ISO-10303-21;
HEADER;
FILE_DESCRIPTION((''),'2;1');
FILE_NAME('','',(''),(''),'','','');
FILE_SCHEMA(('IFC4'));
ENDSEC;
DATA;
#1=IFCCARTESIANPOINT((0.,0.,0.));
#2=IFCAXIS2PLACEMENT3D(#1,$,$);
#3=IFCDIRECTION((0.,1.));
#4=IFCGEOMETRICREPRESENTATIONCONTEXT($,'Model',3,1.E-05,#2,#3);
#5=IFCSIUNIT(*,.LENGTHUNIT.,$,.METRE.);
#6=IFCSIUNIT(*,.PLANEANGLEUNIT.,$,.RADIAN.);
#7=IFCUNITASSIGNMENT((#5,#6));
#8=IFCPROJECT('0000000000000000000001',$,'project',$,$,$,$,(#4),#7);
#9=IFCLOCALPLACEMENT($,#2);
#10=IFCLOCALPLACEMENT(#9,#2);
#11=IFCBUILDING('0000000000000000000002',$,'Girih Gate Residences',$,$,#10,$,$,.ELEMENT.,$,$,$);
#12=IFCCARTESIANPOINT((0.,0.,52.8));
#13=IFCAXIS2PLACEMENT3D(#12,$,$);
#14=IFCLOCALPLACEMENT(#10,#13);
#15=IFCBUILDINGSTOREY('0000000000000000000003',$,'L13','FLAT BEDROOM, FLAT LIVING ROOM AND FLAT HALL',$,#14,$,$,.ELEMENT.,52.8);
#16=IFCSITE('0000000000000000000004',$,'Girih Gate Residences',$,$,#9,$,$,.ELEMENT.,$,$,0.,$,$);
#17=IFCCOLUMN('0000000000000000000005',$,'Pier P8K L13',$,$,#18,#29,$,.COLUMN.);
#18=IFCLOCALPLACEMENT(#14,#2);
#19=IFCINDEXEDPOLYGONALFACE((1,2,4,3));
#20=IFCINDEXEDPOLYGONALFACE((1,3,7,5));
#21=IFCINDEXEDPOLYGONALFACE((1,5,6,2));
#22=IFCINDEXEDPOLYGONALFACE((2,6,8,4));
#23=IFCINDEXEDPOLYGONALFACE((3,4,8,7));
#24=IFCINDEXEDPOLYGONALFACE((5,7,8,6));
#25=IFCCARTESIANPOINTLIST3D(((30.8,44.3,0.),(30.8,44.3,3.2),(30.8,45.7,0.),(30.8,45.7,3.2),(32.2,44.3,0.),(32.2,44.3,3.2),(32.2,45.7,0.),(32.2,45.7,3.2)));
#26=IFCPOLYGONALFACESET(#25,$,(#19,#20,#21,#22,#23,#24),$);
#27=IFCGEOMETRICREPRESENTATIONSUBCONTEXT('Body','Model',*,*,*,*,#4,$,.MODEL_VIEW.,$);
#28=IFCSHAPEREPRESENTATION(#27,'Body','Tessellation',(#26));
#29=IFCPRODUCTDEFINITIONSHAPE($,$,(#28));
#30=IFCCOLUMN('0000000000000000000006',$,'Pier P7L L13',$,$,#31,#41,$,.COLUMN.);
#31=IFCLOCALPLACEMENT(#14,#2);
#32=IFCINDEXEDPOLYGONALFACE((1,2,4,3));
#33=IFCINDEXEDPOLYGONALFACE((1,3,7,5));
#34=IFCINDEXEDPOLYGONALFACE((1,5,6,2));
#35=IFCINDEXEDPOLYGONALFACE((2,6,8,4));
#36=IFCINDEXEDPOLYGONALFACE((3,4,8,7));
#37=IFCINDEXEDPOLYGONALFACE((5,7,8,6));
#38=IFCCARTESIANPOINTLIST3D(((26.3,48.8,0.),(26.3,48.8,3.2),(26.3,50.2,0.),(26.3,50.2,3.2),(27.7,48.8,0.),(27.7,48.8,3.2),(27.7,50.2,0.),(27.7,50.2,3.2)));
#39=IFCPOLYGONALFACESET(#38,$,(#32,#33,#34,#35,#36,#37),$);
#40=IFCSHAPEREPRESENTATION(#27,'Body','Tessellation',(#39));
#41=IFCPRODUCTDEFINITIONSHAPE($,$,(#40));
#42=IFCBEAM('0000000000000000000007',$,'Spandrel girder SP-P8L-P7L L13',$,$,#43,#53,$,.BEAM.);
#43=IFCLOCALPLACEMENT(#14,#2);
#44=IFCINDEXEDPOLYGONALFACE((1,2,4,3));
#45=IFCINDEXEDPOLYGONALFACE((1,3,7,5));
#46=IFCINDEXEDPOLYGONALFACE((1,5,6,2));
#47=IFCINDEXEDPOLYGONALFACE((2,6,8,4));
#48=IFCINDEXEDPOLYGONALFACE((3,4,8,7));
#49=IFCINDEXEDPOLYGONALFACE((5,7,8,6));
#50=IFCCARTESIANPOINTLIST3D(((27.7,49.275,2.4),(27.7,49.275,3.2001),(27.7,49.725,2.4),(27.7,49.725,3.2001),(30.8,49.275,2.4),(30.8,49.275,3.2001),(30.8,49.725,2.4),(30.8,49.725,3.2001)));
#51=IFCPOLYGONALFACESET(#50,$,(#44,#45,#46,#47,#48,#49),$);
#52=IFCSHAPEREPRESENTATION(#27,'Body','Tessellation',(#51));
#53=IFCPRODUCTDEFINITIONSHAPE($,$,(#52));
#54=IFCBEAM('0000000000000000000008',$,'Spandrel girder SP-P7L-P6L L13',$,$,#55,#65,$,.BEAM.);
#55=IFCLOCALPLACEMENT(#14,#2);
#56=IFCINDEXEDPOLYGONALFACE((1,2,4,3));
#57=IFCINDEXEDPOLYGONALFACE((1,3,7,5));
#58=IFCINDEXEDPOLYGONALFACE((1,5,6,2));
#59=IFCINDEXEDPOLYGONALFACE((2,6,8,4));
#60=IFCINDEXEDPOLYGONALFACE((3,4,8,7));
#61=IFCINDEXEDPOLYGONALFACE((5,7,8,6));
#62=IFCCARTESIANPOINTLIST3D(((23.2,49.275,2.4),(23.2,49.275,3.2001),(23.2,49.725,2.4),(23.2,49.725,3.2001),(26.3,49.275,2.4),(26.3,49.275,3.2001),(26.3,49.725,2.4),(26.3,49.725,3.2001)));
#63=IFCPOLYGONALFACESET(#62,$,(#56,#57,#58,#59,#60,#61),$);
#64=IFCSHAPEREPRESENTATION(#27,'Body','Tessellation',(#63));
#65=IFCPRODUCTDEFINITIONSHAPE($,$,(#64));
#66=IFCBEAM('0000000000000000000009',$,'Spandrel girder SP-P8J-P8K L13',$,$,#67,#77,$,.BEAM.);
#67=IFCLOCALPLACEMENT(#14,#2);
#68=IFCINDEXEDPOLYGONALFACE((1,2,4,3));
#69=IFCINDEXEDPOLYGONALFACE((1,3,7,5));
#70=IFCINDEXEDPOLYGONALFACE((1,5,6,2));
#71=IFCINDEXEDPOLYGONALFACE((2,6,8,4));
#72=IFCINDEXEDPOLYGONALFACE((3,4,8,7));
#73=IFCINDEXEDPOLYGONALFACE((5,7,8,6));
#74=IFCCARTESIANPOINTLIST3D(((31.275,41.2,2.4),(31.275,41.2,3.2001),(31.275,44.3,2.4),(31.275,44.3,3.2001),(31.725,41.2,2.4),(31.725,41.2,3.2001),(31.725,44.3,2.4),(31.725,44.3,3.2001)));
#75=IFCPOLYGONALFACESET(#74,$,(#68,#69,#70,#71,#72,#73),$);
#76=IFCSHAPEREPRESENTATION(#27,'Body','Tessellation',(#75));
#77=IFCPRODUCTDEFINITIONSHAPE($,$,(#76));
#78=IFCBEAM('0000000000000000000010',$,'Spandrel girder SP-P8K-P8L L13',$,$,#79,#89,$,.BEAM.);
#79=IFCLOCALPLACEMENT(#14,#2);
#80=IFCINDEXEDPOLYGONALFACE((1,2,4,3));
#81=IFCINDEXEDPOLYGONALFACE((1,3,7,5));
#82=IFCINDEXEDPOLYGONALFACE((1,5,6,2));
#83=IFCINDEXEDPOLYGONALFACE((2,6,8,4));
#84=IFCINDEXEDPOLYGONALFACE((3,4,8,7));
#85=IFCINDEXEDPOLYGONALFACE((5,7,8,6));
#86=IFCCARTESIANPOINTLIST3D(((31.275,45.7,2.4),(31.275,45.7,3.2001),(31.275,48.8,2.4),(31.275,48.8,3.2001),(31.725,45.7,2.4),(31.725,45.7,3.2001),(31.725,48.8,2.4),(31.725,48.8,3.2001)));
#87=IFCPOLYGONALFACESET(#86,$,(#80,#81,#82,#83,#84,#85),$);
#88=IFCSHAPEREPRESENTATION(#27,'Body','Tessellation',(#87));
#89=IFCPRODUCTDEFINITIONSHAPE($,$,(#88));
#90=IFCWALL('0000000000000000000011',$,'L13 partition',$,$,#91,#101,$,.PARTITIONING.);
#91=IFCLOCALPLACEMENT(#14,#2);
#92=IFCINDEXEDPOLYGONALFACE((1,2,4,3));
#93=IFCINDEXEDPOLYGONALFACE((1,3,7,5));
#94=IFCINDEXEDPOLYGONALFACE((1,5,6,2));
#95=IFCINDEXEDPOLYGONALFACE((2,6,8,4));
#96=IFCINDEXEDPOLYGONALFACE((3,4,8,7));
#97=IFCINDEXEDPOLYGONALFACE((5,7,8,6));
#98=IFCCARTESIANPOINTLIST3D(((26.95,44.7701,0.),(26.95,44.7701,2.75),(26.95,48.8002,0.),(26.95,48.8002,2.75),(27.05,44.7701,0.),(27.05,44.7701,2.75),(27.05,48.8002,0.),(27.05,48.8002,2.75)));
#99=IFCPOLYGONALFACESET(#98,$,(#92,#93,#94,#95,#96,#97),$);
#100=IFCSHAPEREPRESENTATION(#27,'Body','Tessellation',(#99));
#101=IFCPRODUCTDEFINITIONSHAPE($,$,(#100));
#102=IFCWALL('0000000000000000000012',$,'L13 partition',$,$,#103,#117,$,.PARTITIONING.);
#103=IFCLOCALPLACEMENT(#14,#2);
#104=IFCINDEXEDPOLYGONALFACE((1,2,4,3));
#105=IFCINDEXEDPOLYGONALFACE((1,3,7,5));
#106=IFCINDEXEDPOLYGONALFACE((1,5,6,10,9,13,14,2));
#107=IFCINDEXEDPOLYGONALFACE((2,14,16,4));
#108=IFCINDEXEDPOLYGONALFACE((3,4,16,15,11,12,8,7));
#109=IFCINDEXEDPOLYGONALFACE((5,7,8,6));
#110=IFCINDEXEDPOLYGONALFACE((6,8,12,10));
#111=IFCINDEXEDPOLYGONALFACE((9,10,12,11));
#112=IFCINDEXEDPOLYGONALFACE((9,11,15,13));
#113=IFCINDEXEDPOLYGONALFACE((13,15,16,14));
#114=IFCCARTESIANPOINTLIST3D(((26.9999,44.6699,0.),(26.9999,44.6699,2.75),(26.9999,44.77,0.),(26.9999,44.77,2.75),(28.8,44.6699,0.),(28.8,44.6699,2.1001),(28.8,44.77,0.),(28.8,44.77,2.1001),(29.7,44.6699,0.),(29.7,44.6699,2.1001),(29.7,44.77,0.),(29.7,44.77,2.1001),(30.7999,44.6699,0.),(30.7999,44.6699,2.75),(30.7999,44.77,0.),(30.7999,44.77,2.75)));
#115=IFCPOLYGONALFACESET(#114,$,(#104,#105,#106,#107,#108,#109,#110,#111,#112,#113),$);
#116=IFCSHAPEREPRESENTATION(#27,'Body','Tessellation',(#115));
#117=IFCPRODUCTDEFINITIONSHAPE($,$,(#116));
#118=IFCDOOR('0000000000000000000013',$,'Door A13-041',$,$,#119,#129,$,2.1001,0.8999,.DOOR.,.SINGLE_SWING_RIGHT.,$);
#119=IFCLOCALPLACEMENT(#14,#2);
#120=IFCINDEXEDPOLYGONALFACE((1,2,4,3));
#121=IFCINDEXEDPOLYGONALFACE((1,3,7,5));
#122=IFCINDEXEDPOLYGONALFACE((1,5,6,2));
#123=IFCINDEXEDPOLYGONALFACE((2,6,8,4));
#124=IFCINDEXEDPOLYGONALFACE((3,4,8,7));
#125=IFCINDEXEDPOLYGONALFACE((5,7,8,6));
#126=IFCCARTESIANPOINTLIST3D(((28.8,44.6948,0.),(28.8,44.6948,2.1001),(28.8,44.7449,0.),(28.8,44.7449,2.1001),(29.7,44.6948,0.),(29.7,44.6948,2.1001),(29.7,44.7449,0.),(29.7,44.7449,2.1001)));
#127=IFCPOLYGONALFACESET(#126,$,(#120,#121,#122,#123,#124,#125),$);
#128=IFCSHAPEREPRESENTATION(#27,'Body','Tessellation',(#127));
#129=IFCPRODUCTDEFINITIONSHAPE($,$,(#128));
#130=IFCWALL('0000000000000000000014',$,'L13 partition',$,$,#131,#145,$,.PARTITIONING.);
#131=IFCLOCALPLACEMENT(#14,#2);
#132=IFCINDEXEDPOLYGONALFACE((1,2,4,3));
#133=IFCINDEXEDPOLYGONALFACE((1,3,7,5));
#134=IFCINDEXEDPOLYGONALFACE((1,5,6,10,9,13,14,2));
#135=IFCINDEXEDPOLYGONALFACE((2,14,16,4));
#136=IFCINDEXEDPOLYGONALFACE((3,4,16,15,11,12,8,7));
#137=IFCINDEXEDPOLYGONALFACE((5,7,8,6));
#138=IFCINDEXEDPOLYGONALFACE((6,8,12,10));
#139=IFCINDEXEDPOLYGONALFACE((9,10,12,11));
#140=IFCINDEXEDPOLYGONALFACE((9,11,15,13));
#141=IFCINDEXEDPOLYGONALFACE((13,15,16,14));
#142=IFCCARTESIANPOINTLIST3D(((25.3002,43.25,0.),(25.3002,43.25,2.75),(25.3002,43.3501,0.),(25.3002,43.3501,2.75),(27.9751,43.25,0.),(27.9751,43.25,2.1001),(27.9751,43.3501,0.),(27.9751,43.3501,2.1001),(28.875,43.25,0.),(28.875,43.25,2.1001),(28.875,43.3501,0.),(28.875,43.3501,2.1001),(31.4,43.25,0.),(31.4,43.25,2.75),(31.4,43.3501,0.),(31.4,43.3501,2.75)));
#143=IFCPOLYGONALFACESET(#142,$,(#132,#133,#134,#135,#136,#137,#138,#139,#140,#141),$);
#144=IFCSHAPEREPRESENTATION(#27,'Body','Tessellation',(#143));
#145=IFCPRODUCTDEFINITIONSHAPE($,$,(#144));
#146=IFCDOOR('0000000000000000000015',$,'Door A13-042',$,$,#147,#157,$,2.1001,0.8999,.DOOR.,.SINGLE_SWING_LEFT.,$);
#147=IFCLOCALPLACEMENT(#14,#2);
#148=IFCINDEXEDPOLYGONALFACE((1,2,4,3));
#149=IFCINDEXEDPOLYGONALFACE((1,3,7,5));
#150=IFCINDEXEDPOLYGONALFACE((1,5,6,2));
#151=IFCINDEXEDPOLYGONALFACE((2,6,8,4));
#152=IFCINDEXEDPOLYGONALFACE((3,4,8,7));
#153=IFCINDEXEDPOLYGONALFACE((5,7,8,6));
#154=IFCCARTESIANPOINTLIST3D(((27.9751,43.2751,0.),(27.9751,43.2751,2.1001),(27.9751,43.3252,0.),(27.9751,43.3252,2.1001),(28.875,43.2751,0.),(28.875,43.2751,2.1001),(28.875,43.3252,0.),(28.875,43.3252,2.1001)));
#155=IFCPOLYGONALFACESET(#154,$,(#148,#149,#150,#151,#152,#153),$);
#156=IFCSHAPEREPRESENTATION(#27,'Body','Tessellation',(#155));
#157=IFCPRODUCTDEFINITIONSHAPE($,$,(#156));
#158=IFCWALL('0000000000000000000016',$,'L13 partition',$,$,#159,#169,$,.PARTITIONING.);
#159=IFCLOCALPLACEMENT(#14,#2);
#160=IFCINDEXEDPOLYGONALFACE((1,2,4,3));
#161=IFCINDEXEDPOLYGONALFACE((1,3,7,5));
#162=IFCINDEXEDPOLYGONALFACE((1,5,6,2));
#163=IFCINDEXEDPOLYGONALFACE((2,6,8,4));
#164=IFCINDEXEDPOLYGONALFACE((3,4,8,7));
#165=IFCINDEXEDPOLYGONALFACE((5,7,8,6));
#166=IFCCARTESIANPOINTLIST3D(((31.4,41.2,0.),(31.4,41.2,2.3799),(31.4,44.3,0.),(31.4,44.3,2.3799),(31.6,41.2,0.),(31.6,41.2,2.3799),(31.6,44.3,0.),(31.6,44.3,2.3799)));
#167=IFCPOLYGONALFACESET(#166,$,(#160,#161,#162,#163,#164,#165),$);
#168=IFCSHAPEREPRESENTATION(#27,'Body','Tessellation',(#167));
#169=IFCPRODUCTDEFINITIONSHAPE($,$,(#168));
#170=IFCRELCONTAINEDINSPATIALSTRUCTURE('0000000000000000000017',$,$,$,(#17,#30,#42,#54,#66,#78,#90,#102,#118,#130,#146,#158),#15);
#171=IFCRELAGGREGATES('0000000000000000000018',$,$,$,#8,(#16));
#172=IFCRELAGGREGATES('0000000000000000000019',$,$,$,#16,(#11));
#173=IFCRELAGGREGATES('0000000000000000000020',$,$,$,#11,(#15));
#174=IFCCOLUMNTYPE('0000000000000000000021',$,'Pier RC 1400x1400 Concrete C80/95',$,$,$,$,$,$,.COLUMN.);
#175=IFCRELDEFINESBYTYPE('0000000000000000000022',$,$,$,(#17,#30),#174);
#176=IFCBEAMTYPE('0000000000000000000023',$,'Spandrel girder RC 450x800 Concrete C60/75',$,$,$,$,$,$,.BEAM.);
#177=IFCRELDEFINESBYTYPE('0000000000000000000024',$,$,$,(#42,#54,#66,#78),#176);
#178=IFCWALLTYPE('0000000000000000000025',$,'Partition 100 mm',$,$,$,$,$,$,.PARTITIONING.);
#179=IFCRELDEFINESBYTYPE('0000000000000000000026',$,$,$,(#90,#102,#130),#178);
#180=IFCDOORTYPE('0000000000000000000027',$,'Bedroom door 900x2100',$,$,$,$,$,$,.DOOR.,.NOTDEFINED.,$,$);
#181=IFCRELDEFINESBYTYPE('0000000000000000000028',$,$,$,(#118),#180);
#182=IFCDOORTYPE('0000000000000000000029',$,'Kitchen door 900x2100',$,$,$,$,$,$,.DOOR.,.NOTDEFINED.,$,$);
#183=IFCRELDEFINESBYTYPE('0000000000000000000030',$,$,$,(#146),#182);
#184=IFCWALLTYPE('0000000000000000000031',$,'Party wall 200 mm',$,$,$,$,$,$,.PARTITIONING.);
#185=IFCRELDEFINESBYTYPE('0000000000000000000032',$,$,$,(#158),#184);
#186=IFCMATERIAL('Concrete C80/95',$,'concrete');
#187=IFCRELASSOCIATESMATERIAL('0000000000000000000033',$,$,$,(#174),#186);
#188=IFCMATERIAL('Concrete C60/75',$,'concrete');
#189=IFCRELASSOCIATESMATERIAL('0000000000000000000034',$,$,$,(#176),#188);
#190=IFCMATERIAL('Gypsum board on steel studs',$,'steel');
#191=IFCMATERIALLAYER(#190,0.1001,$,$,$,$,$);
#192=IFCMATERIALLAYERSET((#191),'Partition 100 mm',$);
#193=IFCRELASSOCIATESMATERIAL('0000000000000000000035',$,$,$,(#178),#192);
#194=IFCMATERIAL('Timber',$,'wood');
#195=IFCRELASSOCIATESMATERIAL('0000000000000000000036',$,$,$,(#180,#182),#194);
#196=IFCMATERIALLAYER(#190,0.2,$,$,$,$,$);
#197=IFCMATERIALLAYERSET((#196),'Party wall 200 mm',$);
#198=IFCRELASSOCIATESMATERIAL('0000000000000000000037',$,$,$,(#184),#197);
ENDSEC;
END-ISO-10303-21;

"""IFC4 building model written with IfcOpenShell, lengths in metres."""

from ifc_helpers import new_model, si_unit, direction, frame, frame_2d, origin, origin_2d, place, context, subcontext, project, spatial, rectangle, extrude, material, layer, layer_set, material_profile, profile_set, type_object, element, fill, save


model = new_model("IFC4")

# Units and contexts
model_context = context("Model", 3, precision=1e-05, world=origin(), true_north=direction((0.0, 1.0)))
body_context = subcontext(model_context, "Body", "Model", "MODEL_VIEW")
ifc_project = project(units=[si_unit("LENGTHUNIT", "METRE"), si_unit("PLANEANGLEUNIT", "RADIAN")], contexts=[model_context])

# Site, building, storey
site_placement = place(None, origin())
site = spatial("IfcSite", under=ifc_project, at=site_placement, Name="Girih Gate Residences", CompositionType="ELEMENT", RefElevation=0.0)
building_placement = place(site_placement, origin())
building = spatial("IfcBuilding", under=site, at=building_placement, Name="Girih Gate Residences", CompositionType="ELEMENT")
storey_placement = place(building_placement, frame((0.0, 0.0, 52.8)))
storey = spatial("IfcBuildingStorey", under=building, at=storey_placement, Name="L13", Description="FLAT BEDROOM, FLAT LIVING ROOM AND FLAT HALL", CompositionType="ELEMENT", Elevation=52.8)

# Columns
ifc_material_1 = material(Name="Concrete C80/95", Category="concrete")
ifc_material_profile_1 = material_profile(ifc_material_1, rectangle(XDim=1.3999, YDim=1.3999, at=origin_2d()))
ifc_profile_set_1 = profile_set([ifc_material_profile_1], Name="Concrete C80/95")
column_type = type_object("IfcColumnType", Name="Pier RC 1400x1400 Concrete C80/95", PredefinedType="COLUMN", material=ifc_profile_set_1)
for number, where, z_axis, x_axis, name in (
    (1, (31.5, 45.0, 0.0), (0.0, 0.0, 1.0), (1.0, 0.0, 0.0), "Pier P8K L13"),
    (2, (27.0, 49.5, 0.0), (0.0, 0.0, 1.0), (1.0, 0.0, 0.0), "Pier P7L L13"),
):
    element("IfcColumn", number, at=place(storey_placement, frame(where, z_axis=z_axis, x_axis=x_axis)), inside=storey, type_object=column_type, Name=name, PredefinedType="COLUMN", context=body_context, shape_type="SweptSolid", body=[
        extrude(rectangle(XDim=1.3999, YDim=1.3999, at=origin_2d()), origin(), (0.0, 0.0, 1.0), 3.2),
    ])

# Beams
ifc_material_2 = material(Name="Concrete C60/75", Category="concrete")
ifc_material_profile_2 = material_profile(ifc_material_2, rectangle(XDim=0.45, YDim=0.8, at=origin_2d()))
ifc_profile_set_2 = profile_set([ifc_material_profile_2], Name="Concrete C60/75")
beam_type = type_object("IfcBeamType", Name="Spandrel girder RC 450x800 Concrete C60/75", PredefinedType="BEAM", material=ifc_profile_set_2)
for number, where, z_axis, x_axis, name in (
    (3, (30.8, 49.5, 2.8), (-1.0, 0.0, 0.0), (0.0, -1.0, 0.0), "Spandrel girder SP-P8L-P7L L13"),
    (4, (26.3, 49.5, 2.8), (-1.0, 0.0, 0.0), (0.0, -1.0, 0.0), "Spandrel girder SP-P7L-P6L L13"),
    (5, (31.5, 41.2, 2.8), (0.0, 1.0, 0.0), (-1.0, 0.0, 0.0), "Spandrel girder SP-P8J-P8K L13"),
    (6, (31.5, 45.7, 2.8), (0.0, 1.0, 0.0), (-1.0, 0.0, 0.0), "Spandrel girder SP-P8K-P8L L13"),
):
    element("IfcBeam", number, at=place(storey_placement, frame(where, z_axis=z_axis, x_axis=x_axis)), inside=storey, type_object=beam_type, Name=name, PredefinedType="BEAM", context=body_context, shape_type="SweptSolid", body=[
        extrude(rectangle(XDim=0.45, YDim=0.8, at=origin_2d()), origin(), (0.0, 0.0, 1.0), 3.1001),
    ])

# Wall
ifc_material_3 = material(Name="Gypsum board on steel studs", Category="steel")
ifc_layer_1 = layer(ifc_material_3, 0.1001)
ifc_layer_set_1 = layer_set([ifc_layer_1], Name="Partition 100 mm")
wall_type_1 = type_object("IfcWallType", Name="Partition 100 mm", PredefinedType="PARTITIONING", material=ifc_layer_set_1)
wall_1_placement = place(storey_placement, frame((27.0, 44.77, 0.0), z_axis=(0.0, 0.0, 1.0), x_axis=(0.0, 1.0, 0.0)))
element("IfcWall", 7, at=wall_1_placement, inside=storey, type_object=wall_type_1, Name="L13 partition", PredefinedType="PARTITIONING", context=body_context, shape_type="SweptSolid", body=[
    extrude(rectangle(XDim=4.03, YDim=0.1001, at=frame_2d((2.0151, 0.0))), origin(), (0.0, 0.0, 1.0), 2.75),
])

# Walls, openings, doors
wall_2_placement = place(storey_placement, frame((27.0, 44.72, 0.0), z_axis=(0.0, 0.0, 1.0), x_axis=(1.0, 0.0, 0.0)))
wall_2 = element("IfcWall", 8, at=wall_2_placement, inside=storey, type_object=wall_type_1, Name="L13 partition", PredefinedType="PARTITIONING", context=body_context, shape_type="SweptSolid", body=[
    extrude(rectangle(XDim=3.8, YDim=0.1001, at=frame_2d((1.8999, 0.0))), origin(), (0.0, 0.0, 1.0), 2.75),
])
opening_1_placement = place(wall_2_placement, frame((1.8, 0.0, 0.0)))
opening_1 = element("IfcOpeningElement", 9, at=opening_1_placement, cuts=wall_2, PredefinedType="OPENING", context=body_context, shape_type="SweptSolid", body=[
    extrude(rectangle(XDim=0.8999, YDim=2.1001, at=frame_2d((0.45, 1.05))), frame((0.0, 0.0601, 0.0), z_axis=(0.0, -1.0, 0.0), x_axis=(1.0, 0.0, 0.0)), (0.0, 0.0, 1.0), 0.1201),
])
ifc_material_4 = material(Name="Timber", Category="wood")
door_type_1 = type_object("IfcDoorType", Name="Bedroom door 900x2100", OperationType="NOTDEFINED", PredefinedType="DOOR", material=ifc_material_4)
door_1_placement = place(opening_1_placement, origin())
door_1 = element("IfcDoor", 10, at=door_1_placement, inside=storey, type_object=door_type_1, Name="Door A13-041", OperationType="SINGLE_SWING_RIGHT", OverallHeight=2.1001, OverallWidth=0.8999, PredefinedType="DOOR", context=body_context, shape_type="SweptSolid", body=[
    extrude(rectangle(XDim=0.8999, YDim=2.1001, at=frame_2d((0.45, 1.05))), frame((0.0, 0.0249, 0.0), z_axis=(0.0, -1.0, 0.0), x_axis=(1.0, 0.0, 0.0)), (0.0, 0.0, 1.0), 0.05),
])
fill(opening_1, door_1)
wall_3_placement = place(storey_placement, frame((31.3999, 43.3, 0.0), z_axis=(0.0, 0.0, 1.0), x_axis=(-1.0, 0.0, 0.0)))
wall_3 = element("IfcWall", 11, at=wall_3_placement, inside=storey, type_object=wall_type_1, Name="L13 partition", PredefinedType="PARTITIONING", context=body_context, shape_type="SweptSolid", body=[
    extrude(rectangle(XDim=6.0999, YDim=0.1001, at=frame_2d((3.0498, 0.0))), origin(), (0.0, 0.0, 1.0), 2.75),
])
opening_2_placement = place(wall_3_placement, frame((2.5249, 0.0, 0.0)))
opening_2 = element("IfcOpeningElement", 12, at=opening_2_placement, cuts=wall_3, PredefinedType="OPENING", context=body_context, shape_type="SweptSolid", body=[
    extrude(rectangle(XDim=0.8999, YDim=2.1001, at=frame_2d((0.45, 1.05))), frame((0.0, 0.0601, 0.0), z_axis=(0.0, -1.0, 0.0), x_axis=(1.0, 0.0, 0.0)), (0.0, 0.0, 1.0), 0.1201),
])
door_type_2 = type_object("IfcDoorType", Name="Kitchen door 900x2100", OperationType="NOTDEFINED", PredefinedType="DOOR", material=ifc_material_4)
door_2_placement = place(opening_2_placement, origin())
door_2 = element("IfcDoor", 13, at=door_2_placement, inside=storey, type_object=door_type_2, Name="Door A13-042", OperationType="SINGLE_SWING_LEFT", OverallHeight=2.1001, OverallWidth=0.8999, PredefinedType="DOOR", context=body_context, shape_type="SweptSolid", body=[
    extrude(rectangle(XDim=0.8999, YDim=2.1001, at=frame_2d((0.45, 1.05))), frame((0.0, 0.0249, 0.0), z_axis=(0.0, -1.0, 0.0), x_axis=(1.0, 0.0, 0.0)), (0.0, 0.0, 1.0), 0.05),
])
fill(opening_2, door_2)

# Wall
ifc_layer_2 = layer(ifc_material_3, 0.2)
ifc_layer_set_2 = layer_set([ifc_layer_2], Name="Party wall 200 mm")
wall_type_2 = type_object("IfcWallType", Name="Party wall 200 mm", PredefinedType="PARTITIONING", material=ifc_layer_set_2)
wall_4_placement = place(storey_placement, frame((31.5, 41.2, 0.0), z_axis=(0.0, 0.0, 1.0), x_axis=(0.0, 1.0, 0.0)))
element("IfcWall", 14, at=wall_4_placement, inside=storey, type_object=wall_type_2, Name="L13 partition", PredefinedType="PARTITIONING", context=body_context, shape_type="SweptSolid", body=[
    extrude(rectangle(XDim=3.1001, YDim=0.2, at=frame_2d((1.55, 0.0))), origin(), (0.0, 0.0, 1.0), 2.3799),
])

save(model, "model.ifc")
